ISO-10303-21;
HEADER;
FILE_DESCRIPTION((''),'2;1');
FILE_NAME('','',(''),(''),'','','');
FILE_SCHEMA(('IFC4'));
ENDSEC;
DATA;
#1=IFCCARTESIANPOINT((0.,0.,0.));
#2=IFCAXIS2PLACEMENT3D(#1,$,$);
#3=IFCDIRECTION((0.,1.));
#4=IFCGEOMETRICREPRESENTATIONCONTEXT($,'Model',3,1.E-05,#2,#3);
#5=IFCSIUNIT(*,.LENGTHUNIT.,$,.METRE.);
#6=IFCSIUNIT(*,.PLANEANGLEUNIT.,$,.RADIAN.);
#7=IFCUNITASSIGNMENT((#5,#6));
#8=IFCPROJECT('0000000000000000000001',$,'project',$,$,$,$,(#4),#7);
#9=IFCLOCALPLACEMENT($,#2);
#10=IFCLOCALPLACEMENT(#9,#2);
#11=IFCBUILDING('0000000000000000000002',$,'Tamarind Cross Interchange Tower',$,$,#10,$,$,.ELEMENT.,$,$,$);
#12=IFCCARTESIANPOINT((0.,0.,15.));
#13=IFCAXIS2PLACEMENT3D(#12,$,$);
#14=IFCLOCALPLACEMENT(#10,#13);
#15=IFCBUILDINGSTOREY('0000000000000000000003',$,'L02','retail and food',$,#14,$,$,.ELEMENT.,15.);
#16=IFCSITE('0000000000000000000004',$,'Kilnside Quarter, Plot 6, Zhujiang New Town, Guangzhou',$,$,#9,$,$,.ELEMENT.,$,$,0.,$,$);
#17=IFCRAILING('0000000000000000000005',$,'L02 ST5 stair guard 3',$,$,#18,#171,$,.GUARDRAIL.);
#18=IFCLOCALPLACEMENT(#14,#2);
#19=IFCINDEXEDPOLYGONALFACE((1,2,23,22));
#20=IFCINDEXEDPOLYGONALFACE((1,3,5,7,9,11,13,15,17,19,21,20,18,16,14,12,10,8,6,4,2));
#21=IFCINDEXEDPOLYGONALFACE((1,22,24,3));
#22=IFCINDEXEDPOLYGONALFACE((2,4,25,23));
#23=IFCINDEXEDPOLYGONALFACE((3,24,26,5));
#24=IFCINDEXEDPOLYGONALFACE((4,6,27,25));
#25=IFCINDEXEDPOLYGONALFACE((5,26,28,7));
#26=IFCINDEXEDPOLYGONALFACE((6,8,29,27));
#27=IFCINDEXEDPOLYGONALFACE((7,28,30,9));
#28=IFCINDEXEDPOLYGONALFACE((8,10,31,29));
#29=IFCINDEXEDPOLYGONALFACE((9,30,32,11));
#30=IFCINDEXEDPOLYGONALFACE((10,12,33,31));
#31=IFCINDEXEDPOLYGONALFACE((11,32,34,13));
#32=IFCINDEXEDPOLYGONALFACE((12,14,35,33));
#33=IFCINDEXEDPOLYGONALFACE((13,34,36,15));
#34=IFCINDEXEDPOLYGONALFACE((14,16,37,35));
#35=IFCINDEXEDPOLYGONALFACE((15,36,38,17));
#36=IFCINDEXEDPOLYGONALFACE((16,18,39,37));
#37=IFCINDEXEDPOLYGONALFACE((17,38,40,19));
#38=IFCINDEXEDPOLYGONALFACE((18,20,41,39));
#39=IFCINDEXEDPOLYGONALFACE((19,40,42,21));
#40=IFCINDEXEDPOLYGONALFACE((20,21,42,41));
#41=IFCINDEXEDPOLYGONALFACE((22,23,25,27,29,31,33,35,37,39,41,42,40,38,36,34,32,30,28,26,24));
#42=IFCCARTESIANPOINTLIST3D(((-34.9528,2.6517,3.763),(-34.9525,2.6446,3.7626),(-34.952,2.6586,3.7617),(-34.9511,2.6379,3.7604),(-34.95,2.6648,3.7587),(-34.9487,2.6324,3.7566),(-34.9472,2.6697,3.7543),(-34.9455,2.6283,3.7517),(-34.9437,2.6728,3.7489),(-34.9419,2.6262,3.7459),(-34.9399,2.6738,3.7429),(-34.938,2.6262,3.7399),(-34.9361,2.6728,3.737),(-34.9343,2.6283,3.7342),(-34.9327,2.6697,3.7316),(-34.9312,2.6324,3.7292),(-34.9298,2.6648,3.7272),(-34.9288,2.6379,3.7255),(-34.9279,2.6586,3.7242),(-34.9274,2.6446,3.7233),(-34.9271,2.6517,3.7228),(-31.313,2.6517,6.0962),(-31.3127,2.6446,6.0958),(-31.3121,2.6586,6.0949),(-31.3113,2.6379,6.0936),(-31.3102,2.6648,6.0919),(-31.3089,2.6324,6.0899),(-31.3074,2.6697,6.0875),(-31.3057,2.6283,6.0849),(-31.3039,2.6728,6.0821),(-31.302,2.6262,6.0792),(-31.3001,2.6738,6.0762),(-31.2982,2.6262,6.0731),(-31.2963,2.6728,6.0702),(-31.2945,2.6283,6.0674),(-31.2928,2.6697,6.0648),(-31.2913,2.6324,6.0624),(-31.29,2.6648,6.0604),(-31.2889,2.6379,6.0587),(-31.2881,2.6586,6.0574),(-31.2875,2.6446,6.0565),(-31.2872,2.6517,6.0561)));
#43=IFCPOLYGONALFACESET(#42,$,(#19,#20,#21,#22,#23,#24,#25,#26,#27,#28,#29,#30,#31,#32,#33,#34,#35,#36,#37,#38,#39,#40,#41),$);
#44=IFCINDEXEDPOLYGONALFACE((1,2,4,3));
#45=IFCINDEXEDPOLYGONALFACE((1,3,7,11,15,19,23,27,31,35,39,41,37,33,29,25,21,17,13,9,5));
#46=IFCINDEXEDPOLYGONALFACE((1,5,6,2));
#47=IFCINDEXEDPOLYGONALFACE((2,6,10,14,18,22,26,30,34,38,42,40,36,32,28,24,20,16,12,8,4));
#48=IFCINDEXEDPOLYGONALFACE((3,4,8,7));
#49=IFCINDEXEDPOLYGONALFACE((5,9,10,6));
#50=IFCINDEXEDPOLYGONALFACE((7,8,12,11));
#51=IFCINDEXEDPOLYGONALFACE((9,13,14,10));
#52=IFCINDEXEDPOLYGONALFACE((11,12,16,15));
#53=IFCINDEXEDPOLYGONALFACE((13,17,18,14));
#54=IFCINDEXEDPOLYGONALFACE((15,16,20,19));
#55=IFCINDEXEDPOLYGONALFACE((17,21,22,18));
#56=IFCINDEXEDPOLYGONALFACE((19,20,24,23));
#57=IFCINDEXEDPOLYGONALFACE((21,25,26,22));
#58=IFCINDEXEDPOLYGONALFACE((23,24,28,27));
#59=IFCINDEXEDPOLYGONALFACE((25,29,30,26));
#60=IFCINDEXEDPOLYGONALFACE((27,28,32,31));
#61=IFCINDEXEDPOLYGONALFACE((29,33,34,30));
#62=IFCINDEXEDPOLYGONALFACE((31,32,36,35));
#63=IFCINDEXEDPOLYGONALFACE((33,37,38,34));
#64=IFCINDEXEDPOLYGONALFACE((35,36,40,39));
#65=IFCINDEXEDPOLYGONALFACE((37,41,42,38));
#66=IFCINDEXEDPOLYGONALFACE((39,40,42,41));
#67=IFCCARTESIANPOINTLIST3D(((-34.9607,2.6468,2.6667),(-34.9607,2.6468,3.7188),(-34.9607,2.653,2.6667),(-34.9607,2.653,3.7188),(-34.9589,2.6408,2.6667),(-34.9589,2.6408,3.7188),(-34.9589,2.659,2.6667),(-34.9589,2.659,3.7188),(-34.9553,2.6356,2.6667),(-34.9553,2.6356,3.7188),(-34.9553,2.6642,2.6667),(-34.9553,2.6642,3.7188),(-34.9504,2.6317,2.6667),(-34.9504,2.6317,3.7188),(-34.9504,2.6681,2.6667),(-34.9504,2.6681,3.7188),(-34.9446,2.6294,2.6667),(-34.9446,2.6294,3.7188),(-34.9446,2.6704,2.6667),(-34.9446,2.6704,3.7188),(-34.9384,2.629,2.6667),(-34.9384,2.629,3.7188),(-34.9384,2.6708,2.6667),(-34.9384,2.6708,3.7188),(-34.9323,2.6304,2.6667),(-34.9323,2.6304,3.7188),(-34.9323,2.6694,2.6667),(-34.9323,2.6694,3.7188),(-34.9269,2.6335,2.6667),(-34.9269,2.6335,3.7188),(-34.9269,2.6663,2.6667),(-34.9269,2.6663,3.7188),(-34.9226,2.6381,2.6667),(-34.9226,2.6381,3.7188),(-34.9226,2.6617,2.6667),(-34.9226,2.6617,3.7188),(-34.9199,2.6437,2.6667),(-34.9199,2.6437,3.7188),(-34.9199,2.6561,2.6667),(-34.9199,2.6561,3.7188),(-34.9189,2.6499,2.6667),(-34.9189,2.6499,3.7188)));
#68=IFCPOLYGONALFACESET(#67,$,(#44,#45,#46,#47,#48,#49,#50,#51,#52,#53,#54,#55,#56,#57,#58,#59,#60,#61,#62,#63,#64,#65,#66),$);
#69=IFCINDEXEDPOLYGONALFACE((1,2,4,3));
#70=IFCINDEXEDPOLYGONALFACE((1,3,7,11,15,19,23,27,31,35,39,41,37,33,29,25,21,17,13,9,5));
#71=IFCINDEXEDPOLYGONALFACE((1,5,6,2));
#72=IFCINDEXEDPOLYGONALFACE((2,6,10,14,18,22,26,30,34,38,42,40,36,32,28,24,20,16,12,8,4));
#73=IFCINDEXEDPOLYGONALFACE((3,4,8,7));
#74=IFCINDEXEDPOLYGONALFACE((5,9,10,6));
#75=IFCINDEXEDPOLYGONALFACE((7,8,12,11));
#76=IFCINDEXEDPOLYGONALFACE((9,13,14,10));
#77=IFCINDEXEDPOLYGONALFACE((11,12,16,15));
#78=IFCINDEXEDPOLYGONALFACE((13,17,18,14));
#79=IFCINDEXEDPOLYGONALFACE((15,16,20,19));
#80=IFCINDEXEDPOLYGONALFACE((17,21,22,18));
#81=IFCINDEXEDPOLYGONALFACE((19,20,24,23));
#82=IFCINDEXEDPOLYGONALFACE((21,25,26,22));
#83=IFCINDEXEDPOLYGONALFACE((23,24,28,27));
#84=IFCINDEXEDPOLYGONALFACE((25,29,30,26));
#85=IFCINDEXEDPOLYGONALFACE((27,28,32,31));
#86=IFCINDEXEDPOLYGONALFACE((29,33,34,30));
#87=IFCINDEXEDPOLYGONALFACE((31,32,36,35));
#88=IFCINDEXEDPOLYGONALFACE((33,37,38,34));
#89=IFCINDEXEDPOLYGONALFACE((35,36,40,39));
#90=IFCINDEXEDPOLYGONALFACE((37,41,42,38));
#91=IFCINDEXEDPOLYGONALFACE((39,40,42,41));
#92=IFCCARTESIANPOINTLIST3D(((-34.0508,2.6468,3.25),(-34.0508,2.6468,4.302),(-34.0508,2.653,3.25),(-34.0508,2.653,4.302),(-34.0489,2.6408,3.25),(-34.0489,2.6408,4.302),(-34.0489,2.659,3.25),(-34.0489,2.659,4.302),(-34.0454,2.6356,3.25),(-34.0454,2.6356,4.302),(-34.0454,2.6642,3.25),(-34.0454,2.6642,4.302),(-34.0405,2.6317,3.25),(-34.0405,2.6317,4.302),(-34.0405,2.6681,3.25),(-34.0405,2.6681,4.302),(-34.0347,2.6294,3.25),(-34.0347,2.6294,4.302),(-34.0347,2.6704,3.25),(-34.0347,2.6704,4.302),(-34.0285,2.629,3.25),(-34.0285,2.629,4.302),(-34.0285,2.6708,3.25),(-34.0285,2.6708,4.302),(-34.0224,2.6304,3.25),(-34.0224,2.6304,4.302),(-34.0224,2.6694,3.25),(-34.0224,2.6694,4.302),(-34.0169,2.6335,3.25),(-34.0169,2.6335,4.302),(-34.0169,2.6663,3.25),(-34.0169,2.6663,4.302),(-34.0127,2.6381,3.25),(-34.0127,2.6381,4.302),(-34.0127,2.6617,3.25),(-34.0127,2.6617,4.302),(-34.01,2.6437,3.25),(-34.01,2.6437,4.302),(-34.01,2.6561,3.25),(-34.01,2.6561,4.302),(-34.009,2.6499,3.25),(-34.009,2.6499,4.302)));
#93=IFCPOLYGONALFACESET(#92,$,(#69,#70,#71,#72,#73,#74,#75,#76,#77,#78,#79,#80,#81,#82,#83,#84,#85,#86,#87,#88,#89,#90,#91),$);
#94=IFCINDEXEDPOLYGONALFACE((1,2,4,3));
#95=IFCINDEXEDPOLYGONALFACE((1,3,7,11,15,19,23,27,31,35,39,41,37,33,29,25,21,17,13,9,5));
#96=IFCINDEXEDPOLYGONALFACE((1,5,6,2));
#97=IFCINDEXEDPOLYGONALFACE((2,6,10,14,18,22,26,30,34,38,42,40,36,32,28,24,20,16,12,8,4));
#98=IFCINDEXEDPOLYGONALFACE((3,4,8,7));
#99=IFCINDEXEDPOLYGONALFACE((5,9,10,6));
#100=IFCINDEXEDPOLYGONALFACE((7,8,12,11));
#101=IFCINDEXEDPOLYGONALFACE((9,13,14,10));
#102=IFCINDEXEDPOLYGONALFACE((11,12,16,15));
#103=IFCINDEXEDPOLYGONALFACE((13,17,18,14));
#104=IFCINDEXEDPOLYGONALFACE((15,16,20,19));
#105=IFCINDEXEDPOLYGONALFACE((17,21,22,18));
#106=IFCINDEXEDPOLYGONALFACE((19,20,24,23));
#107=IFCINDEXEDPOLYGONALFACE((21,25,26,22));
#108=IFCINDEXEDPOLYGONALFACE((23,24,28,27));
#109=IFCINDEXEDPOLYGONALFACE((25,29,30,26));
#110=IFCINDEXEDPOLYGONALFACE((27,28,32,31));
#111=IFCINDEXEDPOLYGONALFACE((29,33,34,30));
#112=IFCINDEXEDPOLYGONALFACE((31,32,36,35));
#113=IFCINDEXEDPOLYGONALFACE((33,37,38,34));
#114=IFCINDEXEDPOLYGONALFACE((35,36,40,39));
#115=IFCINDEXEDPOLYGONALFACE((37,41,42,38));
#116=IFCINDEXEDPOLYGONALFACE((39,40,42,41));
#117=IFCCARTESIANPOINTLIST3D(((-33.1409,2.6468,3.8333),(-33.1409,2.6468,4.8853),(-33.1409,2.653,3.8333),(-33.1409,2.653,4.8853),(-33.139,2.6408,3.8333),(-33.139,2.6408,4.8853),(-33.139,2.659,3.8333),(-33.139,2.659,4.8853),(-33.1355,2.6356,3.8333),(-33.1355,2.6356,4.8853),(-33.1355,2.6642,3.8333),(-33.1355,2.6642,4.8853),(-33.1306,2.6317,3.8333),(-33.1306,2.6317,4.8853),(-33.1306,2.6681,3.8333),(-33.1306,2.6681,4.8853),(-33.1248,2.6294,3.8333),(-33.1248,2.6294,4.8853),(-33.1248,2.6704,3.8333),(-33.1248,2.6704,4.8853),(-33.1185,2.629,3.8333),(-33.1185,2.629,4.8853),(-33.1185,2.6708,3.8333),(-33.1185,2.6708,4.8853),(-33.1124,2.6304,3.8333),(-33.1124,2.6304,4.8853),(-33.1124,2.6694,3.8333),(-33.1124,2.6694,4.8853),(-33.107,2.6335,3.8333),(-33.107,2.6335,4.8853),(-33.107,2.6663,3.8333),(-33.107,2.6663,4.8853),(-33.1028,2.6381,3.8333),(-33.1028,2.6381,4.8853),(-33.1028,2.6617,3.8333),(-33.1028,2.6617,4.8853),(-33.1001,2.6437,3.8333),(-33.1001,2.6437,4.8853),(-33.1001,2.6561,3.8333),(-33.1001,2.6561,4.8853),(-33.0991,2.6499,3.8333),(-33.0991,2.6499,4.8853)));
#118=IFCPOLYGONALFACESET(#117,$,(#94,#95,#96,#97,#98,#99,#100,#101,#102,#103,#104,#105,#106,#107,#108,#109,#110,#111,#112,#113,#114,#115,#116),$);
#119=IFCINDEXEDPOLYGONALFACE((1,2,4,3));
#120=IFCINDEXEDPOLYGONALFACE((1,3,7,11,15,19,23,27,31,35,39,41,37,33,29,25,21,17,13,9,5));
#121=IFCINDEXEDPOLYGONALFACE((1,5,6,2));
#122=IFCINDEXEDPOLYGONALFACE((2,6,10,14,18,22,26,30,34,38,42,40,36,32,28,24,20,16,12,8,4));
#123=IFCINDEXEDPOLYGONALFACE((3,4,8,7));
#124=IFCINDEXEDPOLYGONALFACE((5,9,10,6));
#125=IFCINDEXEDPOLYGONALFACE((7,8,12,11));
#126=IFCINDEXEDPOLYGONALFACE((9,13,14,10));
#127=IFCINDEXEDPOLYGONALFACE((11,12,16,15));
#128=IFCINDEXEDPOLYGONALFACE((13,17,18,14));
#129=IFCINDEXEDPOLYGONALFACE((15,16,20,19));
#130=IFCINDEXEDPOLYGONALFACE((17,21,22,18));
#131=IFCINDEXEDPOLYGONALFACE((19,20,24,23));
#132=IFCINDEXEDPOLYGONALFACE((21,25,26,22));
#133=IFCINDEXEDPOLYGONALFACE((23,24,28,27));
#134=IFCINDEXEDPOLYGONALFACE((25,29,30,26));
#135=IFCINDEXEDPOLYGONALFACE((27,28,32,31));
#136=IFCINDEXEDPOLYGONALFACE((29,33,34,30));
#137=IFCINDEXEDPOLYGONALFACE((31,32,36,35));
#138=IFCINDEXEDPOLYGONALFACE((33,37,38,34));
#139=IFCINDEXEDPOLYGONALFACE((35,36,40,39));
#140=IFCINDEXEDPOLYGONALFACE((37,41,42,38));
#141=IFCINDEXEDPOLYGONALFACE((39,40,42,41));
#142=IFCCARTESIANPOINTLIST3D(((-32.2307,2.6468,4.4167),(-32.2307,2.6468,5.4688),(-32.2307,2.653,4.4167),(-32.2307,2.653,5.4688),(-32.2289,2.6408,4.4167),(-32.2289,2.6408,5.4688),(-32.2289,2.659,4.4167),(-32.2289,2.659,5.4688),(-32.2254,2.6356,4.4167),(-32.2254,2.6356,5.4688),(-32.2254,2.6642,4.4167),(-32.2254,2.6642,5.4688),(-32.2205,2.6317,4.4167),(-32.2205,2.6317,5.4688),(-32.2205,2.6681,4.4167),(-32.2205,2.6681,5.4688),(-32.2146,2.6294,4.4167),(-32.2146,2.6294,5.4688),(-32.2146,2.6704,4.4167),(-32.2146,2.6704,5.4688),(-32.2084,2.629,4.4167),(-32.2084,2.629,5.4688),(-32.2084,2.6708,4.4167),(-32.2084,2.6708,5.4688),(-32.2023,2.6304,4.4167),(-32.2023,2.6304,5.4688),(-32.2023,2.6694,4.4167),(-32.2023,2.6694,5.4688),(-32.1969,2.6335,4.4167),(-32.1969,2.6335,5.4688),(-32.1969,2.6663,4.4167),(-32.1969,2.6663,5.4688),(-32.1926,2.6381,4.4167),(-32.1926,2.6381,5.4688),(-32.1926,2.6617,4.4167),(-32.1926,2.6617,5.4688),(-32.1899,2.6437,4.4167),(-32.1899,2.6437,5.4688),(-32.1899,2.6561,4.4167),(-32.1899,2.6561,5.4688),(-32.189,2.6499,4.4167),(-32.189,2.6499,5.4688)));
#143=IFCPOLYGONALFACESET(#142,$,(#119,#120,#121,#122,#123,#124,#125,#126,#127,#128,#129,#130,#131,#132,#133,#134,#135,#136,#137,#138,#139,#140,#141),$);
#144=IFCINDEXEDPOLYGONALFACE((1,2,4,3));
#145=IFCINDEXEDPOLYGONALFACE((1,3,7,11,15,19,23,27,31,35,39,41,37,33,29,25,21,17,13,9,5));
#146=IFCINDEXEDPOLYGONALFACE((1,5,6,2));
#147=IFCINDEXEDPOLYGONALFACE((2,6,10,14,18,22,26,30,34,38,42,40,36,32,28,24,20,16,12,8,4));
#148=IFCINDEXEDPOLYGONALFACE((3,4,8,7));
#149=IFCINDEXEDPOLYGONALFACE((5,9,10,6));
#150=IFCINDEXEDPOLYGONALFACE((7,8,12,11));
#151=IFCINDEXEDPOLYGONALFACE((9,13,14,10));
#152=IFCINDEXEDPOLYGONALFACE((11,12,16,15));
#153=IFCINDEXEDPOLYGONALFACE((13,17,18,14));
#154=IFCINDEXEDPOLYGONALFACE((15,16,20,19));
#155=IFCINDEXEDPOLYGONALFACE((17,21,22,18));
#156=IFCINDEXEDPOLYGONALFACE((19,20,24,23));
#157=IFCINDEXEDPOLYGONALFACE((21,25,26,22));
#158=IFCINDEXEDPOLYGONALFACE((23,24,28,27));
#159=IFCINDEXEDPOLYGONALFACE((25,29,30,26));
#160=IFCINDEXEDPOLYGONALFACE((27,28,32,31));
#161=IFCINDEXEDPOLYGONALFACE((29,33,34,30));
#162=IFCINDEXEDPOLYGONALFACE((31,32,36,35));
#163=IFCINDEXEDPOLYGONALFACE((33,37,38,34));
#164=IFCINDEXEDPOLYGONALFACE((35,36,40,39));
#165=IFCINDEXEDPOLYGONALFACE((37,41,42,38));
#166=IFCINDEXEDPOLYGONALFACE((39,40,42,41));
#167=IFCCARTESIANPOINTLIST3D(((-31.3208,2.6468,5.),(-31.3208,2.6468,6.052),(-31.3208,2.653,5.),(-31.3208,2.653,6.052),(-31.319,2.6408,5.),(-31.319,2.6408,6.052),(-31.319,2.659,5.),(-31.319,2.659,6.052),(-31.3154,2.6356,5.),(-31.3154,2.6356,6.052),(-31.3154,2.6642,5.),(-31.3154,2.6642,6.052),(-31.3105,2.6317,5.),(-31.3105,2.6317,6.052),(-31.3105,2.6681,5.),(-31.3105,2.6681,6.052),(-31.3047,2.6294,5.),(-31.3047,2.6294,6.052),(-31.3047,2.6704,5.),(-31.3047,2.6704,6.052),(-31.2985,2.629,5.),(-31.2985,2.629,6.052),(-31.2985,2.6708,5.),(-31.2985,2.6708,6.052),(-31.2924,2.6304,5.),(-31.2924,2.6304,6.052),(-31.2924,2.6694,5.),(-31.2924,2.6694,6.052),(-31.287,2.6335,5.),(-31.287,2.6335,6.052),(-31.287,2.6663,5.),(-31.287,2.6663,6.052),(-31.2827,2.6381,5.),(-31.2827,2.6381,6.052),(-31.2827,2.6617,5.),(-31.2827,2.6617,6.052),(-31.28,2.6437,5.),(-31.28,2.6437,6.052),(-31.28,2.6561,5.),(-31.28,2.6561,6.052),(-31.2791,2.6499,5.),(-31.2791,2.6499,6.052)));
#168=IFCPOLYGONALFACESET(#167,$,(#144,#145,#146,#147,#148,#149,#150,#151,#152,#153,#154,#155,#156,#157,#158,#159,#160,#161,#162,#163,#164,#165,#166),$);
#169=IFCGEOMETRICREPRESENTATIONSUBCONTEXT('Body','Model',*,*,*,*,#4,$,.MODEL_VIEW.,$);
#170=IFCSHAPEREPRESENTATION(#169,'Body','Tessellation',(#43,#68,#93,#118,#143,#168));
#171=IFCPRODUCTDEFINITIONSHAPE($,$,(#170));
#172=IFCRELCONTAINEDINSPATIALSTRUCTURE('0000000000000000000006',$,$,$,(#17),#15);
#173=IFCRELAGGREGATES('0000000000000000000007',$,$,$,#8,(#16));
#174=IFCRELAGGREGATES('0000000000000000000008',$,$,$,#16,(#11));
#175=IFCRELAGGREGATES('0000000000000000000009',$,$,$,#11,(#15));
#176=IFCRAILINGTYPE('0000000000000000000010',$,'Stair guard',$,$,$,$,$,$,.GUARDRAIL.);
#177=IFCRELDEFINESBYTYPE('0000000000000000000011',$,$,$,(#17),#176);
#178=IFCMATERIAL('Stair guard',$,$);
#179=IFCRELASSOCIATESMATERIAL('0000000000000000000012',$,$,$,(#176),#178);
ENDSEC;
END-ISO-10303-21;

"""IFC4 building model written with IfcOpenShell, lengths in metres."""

from ifc_helpers import new_model, si_unit, direction, frame, origin, origin_2d, place, context, subcontext, project, spatial, circle, extrude, material, type_object, element, save


model = new_model("IFC4")

# Units and contexts
model_context = context("Model", 3, precision=1e-05, world=origin(), true_north=direction((0.0, 1.0)))
body_context = subcontext(model_context, "Body", "Model", "MODEL_VIEW")
ifc_project = project(units=[si_unit("LENGTHUNIT", "METRE"), si_unit("PLANEANGLEUNIT", "RADIAN")], contexts=[model_context])

# Site, building, storey
site_placement = place(None, origin())
site = spatial("IfcSite", under=ifc_project, at=site_placement, Name="Kilnside Quarter, Plot 6, Zhujiang New Town, Guangzhou", CompositionType="ELEMENT", RefElevation=0.0)
building_placement = place(site_placement, origin())
building = spatial("IfcBuilding", under=site, at=building_placement, Name="Tamarind Cross Interchange Tower", CompositionType="ELEMENT")
storey_placement = place(building_placement, frame((0.0, 0.0, 15.0)))
storey = spatial("IfcBuildingStorey", under=building, at=storey_placement, Name="L02", Description="retail and food", CompositionType="ELEMENT", Elevation=15.0)

# Railing
ifc_material_1 = material(Name="Stair guard")
railing_type_1 = type_object("IfcRailingType", Name="Stair guard", PredefinedType="GUARDRAIL", material=ifc_material_1)
railing_1_placement = place(storey_placement, frame((-34.9399, 2.6499, 2.6667)))
element("IfcRailing", 1, at=railing_1_placement, inside=storey, type_object=railing_type_1, Name="L02 ST5 stair guard 3", PredefinedType="GUARDRAIL", context=body_context, shape_type="SweptSolid", body=[
    extrude(circle(Radius=0.0239, at=origin_2d()), frame((0.0, 0.0, 1.0762), z_axis=(0.84188, 0.0, 0.539664), x_axis=(0.0, 1.0, 0.0)), (0.0, 0.0, 1.0), 4.3235),
    extrude(circle(Radius=0.021, at=origin_2d()), origin(), (0.0, 0.0, 1.0), 1.052),
    extrude(circle(Radius=0.021, at=origin_2d()), frame((0.9099, 0.0, 0.5833)), (0.0, 0.0, 1.0), 1.052),
    extrude(circle(Radius=0.021, at=origin_2d()), frame((1.8198, 0.0, 1.1665)), (0.0, 0.0, 1.0), 1.052),
    extrude(circle(Radius=0.021, at=origin_2d()), frame((2.73, 0.0, 1.75)), (0.0, 0.0, 1.0), 1.052),
    extrude(circle(Radius=0.021, at=origin_2d()), frame((3.6399, 0.0, 2.3333)), (0.0, 0.0, 1.0), 1.052),
])

save(model, "model.ifc")
